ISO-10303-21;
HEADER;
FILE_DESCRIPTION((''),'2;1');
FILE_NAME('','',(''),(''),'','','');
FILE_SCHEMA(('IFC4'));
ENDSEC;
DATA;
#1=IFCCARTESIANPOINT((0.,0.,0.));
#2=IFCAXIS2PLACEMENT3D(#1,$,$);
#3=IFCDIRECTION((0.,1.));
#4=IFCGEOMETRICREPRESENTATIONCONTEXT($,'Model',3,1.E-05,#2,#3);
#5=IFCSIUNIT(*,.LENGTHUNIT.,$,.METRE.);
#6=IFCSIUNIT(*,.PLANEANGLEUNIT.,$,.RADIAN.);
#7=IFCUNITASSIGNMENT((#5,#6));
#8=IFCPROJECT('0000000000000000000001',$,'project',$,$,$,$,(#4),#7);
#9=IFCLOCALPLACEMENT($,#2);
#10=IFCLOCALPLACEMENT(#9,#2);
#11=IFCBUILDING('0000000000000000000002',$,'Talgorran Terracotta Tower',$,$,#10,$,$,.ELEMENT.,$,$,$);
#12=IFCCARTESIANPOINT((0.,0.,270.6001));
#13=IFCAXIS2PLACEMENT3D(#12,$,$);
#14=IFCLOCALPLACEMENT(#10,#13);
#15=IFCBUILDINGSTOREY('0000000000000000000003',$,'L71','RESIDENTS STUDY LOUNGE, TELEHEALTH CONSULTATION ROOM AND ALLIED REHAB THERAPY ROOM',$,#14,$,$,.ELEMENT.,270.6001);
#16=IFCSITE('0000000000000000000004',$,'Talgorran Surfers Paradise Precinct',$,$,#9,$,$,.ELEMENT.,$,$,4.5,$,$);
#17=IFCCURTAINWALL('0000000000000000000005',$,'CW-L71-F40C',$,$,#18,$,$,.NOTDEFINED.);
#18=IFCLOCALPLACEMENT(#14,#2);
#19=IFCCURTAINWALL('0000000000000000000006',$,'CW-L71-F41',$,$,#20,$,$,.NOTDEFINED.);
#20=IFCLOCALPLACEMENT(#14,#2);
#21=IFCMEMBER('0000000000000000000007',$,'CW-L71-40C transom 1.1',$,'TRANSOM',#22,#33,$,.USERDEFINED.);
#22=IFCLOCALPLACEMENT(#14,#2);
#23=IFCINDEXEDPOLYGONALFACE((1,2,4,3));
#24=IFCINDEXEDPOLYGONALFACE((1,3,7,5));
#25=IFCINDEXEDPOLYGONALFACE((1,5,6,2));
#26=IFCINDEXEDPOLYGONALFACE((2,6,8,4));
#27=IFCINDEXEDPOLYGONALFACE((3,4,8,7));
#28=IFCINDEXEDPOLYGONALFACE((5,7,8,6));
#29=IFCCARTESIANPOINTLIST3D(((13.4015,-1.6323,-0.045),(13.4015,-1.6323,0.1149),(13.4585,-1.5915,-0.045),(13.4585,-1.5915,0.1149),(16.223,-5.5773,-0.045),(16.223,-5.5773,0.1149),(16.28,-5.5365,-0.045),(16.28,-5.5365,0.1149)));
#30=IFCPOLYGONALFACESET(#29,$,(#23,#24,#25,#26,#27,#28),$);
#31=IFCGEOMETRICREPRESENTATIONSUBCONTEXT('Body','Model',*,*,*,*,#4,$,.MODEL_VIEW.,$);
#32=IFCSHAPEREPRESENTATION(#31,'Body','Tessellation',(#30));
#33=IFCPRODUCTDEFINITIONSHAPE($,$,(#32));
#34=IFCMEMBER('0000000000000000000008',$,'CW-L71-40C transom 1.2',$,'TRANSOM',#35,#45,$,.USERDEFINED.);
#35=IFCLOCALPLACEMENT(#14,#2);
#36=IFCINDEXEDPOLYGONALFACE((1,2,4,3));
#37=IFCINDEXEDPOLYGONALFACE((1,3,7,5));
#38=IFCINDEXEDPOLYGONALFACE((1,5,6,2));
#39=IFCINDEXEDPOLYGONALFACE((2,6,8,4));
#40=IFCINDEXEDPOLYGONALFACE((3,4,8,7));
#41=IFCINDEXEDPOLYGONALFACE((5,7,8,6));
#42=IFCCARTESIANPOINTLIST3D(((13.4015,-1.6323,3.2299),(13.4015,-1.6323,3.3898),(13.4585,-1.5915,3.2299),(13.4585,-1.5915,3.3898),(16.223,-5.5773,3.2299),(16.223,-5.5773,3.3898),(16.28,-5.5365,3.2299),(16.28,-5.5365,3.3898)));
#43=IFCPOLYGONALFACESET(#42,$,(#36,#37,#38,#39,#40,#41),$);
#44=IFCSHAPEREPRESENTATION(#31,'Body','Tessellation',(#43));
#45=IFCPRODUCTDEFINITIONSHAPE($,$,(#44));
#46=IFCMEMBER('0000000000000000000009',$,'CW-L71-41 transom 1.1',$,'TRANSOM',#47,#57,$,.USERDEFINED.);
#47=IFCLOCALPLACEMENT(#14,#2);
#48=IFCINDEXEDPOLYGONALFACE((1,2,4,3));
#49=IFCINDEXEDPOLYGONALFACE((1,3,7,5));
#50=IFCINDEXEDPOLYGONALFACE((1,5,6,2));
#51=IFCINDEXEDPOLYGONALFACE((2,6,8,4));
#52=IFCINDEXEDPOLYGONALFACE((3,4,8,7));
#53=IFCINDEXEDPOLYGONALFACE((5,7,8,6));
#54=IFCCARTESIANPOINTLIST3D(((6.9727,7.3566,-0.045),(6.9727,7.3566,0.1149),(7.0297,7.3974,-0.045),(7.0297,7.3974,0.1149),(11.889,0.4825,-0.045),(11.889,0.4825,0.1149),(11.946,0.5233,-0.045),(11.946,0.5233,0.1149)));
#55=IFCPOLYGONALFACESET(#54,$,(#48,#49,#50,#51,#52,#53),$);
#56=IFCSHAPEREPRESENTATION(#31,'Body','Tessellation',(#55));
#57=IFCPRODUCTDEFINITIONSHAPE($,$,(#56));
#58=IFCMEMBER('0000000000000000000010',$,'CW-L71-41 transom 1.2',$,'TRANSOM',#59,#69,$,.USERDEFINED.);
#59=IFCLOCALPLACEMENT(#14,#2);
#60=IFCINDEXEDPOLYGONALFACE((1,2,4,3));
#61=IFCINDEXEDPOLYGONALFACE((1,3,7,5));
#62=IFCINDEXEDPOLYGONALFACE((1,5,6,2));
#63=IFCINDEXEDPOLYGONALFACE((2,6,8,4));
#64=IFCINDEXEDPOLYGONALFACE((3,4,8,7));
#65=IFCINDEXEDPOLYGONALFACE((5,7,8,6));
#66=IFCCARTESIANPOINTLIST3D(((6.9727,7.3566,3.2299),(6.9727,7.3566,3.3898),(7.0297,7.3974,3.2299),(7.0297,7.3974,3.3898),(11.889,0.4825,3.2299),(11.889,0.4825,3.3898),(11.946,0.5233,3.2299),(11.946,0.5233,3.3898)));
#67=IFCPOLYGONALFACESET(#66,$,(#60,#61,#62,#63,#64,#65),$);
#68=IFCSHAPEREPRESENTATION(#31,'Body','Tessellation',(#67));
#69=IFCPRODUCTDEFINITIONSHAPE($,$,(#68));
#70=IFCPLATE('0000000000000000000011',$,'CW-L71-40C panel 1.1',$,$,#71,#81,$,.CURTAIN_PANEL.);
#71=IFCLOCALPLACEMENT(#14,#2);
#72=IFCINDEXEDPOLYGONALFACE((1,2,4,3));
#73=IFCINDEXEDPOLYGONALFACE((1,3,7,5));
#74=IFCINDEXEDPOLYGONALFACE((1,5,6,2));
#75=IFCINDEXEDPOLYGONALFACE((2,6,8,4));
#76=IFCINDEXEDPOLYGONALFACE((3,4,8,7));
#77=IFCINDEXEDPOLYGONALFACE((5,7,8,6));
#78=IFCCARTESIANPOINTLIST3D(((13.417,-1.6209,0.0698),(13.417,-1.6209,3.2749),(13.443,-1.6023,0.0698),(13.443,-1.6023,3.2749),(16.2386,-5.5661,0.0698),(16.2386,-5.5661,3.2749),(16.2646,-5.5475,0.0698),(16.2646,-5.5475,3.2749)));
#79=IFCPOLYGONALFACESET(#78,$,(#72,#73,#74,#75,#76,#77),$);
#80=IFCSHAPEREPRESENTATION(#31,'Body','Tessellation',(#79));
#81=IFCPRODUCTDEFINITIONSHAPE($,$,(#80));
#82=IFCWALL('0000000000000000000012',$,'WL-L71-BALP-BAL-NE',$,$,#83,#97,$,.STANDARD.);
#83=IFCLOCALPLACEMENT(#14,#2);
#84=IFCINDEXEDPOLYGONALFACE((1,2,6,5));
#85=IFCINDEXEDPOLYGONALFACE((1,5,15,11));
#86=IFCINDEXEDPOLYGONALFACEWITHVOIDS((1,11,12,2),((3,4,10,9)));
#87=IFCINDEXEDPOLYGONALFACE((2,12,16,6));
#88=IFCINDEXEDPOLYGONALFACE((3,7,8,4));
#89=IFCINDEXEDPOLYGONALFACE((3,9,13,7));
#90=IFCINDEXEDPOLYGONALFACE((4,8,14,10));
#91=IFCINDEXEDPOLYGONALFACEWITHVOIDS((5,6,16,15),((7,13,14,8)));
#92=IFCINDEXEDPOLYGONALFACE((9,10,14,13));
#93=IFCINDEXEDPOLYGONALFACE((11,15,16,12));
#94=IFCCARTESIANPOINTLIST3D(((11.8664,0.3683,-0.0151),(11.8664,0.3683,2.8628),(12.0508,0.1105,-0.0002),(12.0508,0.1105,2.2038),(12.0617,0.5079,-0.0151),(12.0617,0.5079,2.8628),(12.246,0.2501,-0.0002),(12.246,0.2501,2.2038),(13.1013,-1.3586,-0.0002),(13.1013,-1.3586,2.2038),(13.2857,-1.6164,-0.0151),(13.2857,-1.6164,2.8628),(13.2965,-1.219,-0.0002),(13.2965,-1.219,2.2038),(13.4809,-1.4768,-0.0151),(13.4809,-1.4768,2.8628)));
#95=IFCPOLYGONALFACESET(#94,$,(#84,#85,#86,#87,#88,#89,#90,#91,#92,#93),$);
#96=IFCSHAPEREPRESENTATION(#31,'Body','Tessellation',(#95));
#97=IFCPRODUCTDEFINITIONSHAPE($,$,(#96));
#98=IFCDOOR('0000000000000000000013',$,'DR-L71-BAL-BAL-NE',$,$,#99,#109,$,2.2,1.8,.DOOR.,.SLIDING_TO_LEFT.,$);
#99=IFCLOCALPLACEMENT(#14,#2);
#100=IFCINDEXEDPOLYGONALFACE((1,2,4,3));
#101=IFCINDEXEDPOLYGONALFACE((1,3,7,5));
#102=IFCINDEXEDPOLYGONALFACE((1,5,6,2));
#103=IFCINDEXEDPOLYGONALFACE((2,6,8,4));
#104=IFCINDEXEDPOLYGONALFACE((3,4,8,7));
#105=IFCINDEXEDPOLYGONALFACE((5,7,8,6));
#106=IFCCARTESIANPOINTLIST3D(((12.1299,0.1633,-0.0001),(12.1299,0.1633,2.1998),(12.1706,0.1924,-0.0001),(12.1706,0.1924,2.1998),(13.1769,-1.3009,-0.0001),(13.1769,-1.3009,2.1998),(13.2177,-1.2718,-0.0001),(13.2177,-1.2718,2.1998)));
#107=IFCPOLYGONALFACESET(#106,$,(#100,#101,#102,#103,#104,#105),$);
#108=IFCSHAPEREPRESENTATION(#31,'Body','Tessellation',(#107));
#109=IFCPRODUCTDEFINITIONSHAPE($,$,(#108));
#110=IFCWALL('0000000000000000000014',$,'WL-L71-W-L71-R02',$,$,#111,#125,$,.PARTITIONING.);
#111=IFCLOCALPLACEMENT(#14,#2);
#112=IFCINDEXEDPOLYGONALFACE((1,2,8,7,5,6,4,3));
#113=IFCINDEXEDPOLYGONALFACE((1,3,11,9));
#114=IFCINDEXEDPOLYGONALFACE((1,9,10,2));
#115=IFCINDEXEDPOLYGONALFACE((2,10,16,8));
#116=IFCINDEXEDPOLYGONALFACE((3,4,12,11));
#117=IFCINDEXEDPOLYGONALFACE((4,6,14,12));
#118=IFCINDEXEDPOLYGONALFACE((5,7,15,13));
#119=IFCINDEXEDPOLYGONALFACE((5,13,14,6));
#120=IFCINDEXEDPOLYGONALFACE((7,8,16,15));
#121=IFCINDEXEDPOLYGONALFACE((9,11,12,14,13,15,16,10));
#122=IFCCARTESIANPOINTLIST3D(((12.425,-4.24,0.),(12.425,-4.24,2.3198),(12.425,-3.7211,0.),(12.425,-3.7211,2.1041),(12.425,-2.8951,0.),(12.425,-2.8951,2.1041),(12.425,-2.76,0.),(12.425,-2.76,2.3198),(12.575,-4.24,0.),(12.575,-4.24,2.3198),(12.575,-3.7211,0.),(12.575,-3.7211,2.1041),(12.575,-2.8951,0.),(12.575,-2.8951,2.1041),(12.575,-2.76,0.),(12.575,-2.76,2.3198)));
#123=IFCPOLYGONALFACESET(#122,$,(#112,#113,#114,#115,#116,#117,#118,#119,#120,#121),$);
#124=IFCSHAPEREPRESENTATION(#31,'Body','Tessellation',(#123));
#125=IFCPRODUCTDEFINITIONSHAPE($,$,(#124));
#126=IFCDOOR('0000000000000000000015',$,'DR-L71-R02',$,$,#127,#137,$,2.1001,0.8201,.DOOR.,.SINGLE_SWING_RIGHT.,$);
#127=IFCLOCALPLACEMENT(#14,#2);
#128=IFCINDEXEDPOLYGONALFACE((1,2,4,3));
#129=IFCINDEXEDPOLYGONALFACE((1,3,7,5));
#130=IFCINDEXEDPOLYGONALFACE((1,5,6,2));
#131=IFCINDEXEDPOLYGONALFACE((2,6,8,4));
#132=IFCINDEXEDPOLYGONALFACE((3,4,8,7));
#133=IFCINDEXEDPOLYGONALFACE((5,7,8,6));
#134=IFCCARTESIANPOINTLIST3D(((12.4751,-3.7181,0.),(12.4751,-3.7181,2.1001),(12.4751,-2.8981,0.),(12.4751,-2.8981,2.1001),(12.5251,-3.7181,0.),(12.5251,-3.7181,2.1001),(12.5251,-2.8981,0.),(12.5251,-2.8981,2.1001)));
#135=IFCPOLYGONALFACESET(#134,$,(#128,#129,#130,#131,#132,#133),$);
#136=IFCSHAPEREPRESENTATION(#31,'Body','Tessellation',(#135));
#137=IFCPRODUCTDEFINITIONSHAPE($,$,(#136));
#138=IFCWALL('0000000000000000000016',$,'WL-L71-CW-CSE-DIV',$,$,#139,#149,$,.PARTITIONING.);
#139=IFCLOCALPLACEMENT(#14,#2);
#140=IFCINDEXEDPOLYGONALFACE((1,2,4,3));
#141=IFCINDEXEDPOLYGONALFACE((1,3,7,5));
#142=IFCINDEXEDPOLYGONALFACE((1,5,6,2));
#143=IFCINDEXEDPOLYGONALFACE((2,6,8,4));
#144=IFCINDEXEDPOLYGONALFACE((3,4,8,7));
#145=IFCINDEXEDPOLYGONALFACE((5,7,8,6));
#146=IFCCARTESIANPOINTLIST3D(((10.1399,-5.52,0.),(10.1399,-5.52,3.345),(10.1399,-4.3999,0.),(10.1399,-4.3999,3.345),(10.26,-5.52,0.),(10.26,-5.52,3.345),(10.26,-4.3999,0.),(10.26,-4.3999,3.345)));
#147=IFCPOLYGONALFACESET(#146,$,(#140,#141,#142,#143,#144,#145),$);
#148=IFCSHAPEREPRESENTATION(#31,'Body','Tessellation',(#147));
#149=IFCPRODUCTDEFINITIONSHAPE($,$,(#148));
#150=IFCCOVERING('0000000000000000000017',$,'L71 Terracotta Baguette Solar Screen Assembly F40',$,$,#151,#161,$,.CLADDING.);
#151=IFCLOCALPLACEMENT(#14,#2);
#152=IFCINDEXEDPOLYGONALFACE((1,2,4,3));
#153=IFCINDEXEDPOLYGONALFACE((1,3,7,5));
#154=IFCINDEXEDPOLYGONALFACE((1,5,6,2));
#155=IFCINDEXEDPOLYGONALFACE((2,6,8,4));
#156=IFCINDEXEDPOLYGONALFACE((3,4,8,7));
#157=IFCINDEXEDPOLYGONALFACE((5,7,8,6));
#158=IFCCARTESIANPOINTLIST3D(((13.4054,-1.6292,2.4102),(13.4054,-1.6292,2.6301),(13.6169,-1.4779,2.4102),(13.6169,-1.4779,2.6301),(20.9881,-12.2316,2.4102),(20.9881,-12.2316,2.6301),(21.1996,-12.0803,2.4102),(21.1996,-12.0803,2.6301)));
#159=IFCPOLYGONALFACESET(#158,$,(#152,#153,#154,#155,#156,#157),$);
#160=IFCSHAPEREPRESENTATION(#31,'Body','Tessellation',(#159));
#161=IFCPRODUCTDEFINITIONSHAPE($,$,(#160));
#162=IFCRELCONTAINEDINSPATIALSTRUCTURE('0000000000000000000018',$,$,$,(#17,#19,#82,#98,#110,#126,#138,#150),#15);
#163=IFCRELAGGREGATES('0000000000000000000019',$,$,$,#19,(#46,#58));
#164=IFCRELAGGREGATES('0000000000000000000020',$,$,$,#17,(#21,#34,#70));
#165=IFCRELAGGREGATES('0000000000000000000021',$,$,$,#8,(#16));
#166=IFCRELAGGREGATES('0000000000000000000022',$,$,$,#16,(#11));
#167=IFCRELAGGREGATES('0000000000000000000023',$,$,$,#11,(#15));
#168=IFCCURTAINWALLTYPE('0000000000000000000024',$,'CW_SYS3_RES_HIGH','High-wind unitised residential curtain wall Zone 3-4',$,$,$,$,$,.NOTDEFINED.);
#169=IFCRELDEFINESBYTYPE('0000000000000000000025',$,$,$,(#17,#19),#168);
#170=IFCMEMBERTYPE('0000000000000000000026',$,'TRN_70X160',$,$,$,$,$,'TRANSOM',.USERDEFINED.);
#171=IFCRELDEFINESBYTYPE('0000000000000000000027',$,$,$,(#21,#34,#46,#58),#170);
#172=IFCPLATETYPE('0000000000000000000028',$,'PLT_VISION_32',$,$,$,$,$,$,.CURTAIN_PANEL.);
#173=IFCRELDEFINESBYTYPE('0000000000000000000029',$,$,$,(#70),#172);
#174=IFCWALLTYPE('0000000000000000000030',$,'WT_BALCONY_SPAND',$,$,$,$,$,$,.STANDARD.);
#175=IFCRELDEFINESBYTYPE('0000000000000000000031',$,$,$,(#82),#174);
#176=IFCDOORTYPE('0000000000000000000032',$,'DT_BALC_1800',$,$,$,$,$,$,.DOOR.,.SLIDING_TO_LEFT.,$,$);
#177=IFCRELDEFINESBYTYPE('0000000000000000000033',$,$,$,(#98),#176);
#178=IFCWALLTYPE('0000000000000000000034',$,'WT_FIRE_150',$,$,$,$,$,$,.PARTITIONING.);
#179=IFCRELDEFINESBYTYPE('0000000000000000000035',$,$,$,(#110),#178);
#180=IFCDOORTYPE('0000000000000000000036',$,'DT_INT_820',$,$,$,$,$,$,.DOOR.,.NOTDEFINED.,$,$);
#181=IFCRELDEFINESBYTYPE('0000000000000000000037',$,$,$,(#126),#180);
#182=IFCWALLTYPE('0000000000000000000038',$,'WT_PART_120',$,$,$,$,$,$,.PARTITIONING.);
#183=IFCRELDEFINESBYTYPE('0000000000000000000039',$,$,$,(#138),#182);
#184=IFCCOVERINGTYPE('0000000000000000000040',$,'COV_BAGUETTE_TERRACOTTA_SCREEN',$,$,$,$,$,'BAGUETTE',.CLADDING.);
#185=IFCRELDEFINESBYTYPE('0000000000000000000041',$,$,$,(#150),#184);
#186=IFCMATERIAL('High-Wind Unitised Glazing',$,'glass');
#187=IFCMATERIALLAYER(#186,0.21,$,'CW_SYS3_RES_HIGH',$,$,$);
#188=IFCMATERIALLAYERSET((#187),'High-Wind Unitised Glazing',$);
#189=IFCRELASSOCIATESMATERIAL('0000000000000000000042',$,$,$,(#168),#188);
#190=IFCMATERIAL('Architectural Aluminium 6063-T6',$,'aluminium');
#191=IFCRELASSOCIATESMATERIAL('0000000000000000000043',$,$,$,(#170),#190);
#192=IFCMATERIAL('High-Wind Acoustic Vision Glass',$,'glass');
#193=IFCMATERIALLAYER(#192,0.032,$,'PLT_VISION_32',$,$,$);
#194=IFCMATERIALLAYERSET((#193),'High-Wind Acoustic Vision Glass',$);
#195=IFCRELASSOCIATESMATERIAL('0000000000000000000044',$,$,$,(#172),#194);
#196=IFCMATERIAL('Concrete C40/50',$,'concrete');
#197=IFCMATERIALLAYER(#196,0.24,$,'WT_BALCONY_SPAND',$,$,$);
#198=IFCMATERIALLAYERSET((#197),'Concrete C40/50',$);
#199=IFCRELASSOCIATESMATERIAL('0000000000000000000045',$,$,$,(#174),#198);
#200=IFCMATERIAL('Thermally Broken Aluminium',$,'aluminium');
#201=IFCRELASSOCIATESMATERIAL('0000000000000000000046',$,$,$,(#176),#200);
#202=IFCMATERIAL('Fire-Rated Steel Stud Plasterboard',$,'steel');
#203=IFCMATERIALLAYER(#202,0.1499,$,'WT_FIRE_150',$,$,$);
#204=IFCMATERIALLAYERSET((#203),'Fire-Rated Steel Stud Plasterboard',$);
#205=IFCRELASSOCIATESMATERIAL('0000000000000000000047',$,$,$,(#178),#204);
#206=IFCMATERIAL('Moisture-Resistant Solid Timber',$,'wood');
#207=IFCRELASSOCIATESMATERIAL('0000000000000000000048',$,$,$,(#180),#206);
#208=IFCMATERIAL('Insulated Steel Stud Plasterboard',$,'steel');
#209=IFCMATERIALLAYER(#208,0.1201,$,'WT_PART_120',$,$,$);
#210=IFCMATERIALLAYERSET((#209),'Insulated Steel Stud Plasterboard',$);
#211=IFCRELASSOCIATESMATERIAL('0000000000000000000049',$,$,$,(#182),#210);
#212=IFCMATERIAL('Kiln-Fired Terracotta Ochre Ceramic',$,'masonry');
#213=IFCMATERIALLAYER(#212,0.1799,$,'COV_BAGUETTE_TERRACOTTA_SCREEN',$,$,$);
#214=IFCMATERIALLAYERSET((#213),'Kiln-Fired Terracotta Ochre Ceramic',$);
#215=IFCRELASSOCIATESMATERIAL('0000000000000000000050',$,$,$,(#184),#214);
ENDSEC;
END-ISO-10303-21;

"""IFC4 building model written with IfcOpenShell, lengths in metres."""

from ifc_helpers import new_model, si_unit, direction, frame, frame_2d, origin, origin_2d, place, context, subcontext, project, spatial, rectangle, extrude, source, transform, mapped, material, layer, layer_set, material_profile, profile_set, type_object, type_shapes, element, fill, aggregate, save


model = new_model("IFC4")

# Units and contexts
model_context = context("Model", 3, precision=1e-05, world=origin(), true_north=direction((0.0, 1.0)))
body_context = subcontext(model_context, "Body", "Model", "MODEL_VIEW")
ifc_project = project(units=[si_unit("LENGTHUNIT", "METRE"), si_unit("PLANEANGLEUNIT", "RADIAN")], contexts=[model_context])

# Site, building, storey
site_placement = place(None, origin())
site = spatial("IfcSite", under=ifc_project, at=site_placement, Name="Talgorran Surfers Paradise Precinct", CompositionType="ELEMENT", RefElevation=4.5)
building_placement = place(site_placement, origin())
building = spatial("IfcBuilding", under=site, at=building_placement, Name="Talgorran Terracotta Tower", CompositionType="ELEMENT")
storey_placement = place(building_placement, frame((0.0, 0.0, 270.6001)))
storey = spatial("IfcBuildingStorey", under=building, at=storey_placement, Name="L71", Description="RESIDENTS STUDY LOUNGE, TELEHEALTH CONSULTATION ROOM AND ALLIED REHAB THERAPY ROOM", CompositionType="ELEMENT", Elevation=270.6001)

# Shared definitions
ifc_material_1 = material(Name="High-Wind Unitised Glazing", Category="glass")
ifc_layer_1 = layer(ifc_material_1, 0.21, Name="CW_SYS3_RES_HIGH")
ifc_layer_set_1 = layer_set([ifc_layer_1], Name="High-Wind Unitised Glazing")
curtain_wall_type = type_object("IfcCurtainWallType", Name="CW_SYS3_RES_HIGH", Description="High-wind unitised residential curtain wall Zone 3-4", PredefinedType="NOTDEFINED", material=ifc_layer_set_1)
ifc_material_2 = material(Name="Architectural Aluminium 6063-T6", Category="aluminium")

# Curtain wall
curtain_wall_1_placement = place(storey_placement, origin())
curtain_wall_1 = element("IfcCurtainWall", 1, at=curtain_wall_1_placement, inside=storey, type_object=curtain_wall_type, Name="CW-L71-F40C", PredefinedType="NOTDEFINED")

# Curtain wall
curtain_wall_2_placement = place(storey_placement, origin())
curtain_wall_2 = element("IfcCurtainWall", 2, at=curtain_wall_2_placement, inside=storey, type_object=curtain_wall_type, Name="CW-L71-F41", PredefinedType="NOTDEFINED")

# Members
ifc_material_profile_1 = material_profile(ifc_material_2, rectangle(XDim=0.0701, YDim=0.1599, at=origin_2d()), Name="CWT70X160")
ifc_profile_set_1 = profile_set([ifc_material_profile_1], Name="Architectural Aluminium 6063-T6")
member_type_1 = type_object("IfcMemberType", Name="TRN_70X160", ElementType="TRANSOM", PredefinedType="USERDEFINED", material=ifc_profile_set_1)
member_1_placement = place(storey_placement, frame((16.2515, -5.5569, 0.0349), z_axis=(-0.581733, 0.81338, 0.0), x_axis=(-0.81338, -0.581733, 0.0)))
member_1 = element("IfcMember", 3, at=member_1_placement, type_object=member_type_1, Name="CW-L71-40C transom 1.1", ObjectType="TRANSOM", PredefinedType="USERDEFINED", context=body_context, shape_type="SweptSolid", body=[
    extrude(rectangle(XDim=0.0701, YDim=0.1599, at=origin_2d()), origin(), (0.0, 0.0, 1.0), 4.8501),
])
member_2_placement = place(storey_placement, frame((16.2515, -5.5569, 3.3098), z_axis=(-0.581733, 0.81338, 0.0), x_axis=(-0.81338, -0.581733, 0.0)))
member_2 = element("IfcMember", 4, at=member_2_placement, type_object=member_type_1, Name="CW-L71-40C transom 1.2", ObjectType="TRANSOM", PredefinedType="USERDEFINED", context=body_context, shape_type="SweptSolid", body=[
    extrude(rectangle(XDim=0.0701, YDim=0.1599, at=origin_2d()), origin(), (0.0, 0.0, 1.0), 4.8501),
])
member_3_placement = place(storey_placement, frame((11.9175, 0.5029, 0.0349), z_axis=(-0.581727, 0.813384, 0.0), x_axis=(-0.813384, -0.581727, 0.0)))
member_3 = element("IfcMember", 5, at=member_3_placement, type_object=member_type_1, Name="CW-L71-41 transom 1.1", ObjectType="TRANSOM", PredefinedType="USERDEFINED", context=body_context, shape_type="SweptSolid", body=[
    extrude(rectangle(XDim=0.0701, YDim=0.1599, at=origin_2d()), origin(), (0.0, 0.0, 1.0), 8.4512),
])
member_4_placement = place(storey_placement, frame((11.9175, 0.5029, 3.3098), z_axis=(-0.581727, 0.813384, 0.0), x_axis=(-0.813384, -0.581727, 0.0)))
member_4 = element("IfcMember", 6, at=member_4_placement, type_object=member_type_1, Name="CW-L71-41 transom 1.2", ObjectType="TRANSOM", PredefinedType="USERDEFINED", context=body_context, shape_type="SweptSolid", body=[
    extrude(rectangle(XDim=0.0701, YDim=0.1599, at=origin_2d()), origin(), (0.0, 0.0, 1.0), 8.4512),
])
aggregate(curtain_wall_2, [member_3, member_4])

# Plate
ifc_material_3 = material(Name="High-Wind Acoustic Vision Glass", Category="glass")
ifc_layer_2 = layer(ifc_material_3, 0.032, Name="PLT_VISION_32")
ifc_layer_set_2 = layer_set([ifc_layer_2], Name="High-Wind Acoustic Vision Glass")
plate_type = type_object("IfcPlateType", Name="PLT_VISION_32", PredefinedType="CURTAIN_PANEL", material=ifc_layer_set_2)
shared_shape = source(origin(), body_context, "Body", "SweptSolid", [
    extrude(rectangle(XDim=4.8503, YDim=0.032, at=origin_2d()), origin(), (0.0, 0.0, 1.0), 3.2051),
])
type_shapes(plate_type, [shared_shape])
plate_placement = place(storey_placement, frame((14.8408, -3.5842, 0.0698), z_axis=(0.0, 0.0, 1.0), x_axis=(-0.581735, 0.813379, 0.0)))
plate = element("IfcPlate", 7, at=plate_placement, type_object=plate_type, Name="CW-L71-40C panel 1.1", PredefinedType="CURTAIN_PANEL", context=body_context, shape_type="MappedRepresentation", body=[
    mapped(shared_shape, transform((0.0, 0.0, 0.0), scale=1.0)),
])
aggregate(curtain_wall_1, [member_1, member_2, plate])

# Walls, openings, doors
ifc_material_4 = material(Name="Concrete C40/50", Category="concrete")
ifc_layer_3 = layer(ifc_material_4, 0.24, Name="WT_BALCONY_SPAND")
ifc_layer_set_3 = layer_set([ifc_layer_3], Name="Concrete C40/50")
wall_type_1 = type_object("IfcWallType", Name="WT_BALCONY_SPAND", PredefinedType="STANDARD", material=ifc_layer_set_3)
wall_1_placement = place(storey_placement, frame((13.3833, -1.5466, -0.0151), z_axis=(0.0, 0.0, 1.0), x_axis=(-0.581674, 0.813422, 0.0)))
wall_1 = element("IfcWall", 8, at=wall_1_placement, inside=storey, type_object=wall_type_1, Name="WL-L71-BALP-BAL-NE", PredefinedType="STANDARD", context=body_context, shape_type="SweptSolid", body=[
    extrude(rectangle(XDim=2.4399, YDim=0.24, at=frame_2d((1.22, 0.0))), origin(), (0.0, 0.0, 1.0), 2.8779),
])
opening_1_placement = place(wall_1_placement, frame((0.3201, 0.0, 0.0149)))
opening_1 = element("IfcOpeningElement", 9, at=opening_1_placement, cuts=wall_1, PredefinedType="OPENING", context=body_context, shape_type="SweptSolid", body=[
    extrude(rectangle(XDim=1.806, YDim=2.204, at=frame_2d((0.8999, 1.1021))), frame((0.0, 0.1299, 0.0), z_axis=(0.0, -1.0, 0.0), x_axis=(1.0, 0.0, 0.0)), (0.0, 0.0, 1.0), 0.26),
])
ifc_material_5 = material(Name="Thermally Broken Aluminium", Category="aluminium")
door_type_1 = type_object("IfcDoorType", Name="DT_BALC_1800", OperationType="SLIDING_TO_LEFT", PredefinedType="DOOR", material=ifc_material_5)
door_1_placement = place(opening_1_placement, origin())
door_1 = element("IfcDoor", 10, at=door_1_placement, inside=storey, type_object=door_type_1, Name="DR-L71-BAL-BAL-NE", OperationType="SLIDING_TO_LEFT", OverallHeight=2.2, OverallWidth=1.8, PredefinedType="DOOR", context=body_context, shape_type="SweptSolid", body=[
    extrude(rectangle(XDim=1.8, YDim=2.2, at=frame_2d((0.8999, 1.1001))), frame((0.0, 0.0249, 0.0), z_axis=(0.0, -1.0, 0.0), x_axis=(1.0, 0.0, 0.0)), (0.0, 0.0, 1.0), 0.05),
])
fill(opening_1, door_1)
ifc_material_6 = material(Name="Fire-Rated Steel Stud Plasterboard", Category="steel")
ifc_layer_4 = layer(ifc_material_6, 0.1499, Name="WT_FIRE_150")
ifc_layer_set_4 = layer_set([ifc_layer_4], Name="Fire-Rated Steel Stud Plasterboard")
wall_type_2 = type_object("IfcWallType", Name="WT_FIRE_150", PredefinedType="PARTITIONING", material=ifc_layer_set_4)
wall_2_placement = place(storey_placement, frame((12.5, -4.24, 0.0), z_axis=(0.0, 0.0, 1.0), x_axis=(0.0, 1.0, 0.0)))
wall_2 = element("IfcWall", 11, at=wall_2_placement, inside=storey, type_object=wall_type_2, Name="WL-L71-W-L71-R02", PredefinedType="PARTITIONING", context=body_context, shape_type="SweptSolid", body=[
    extrude(rectangle(XDim=1.48, YDim=0.1499, at=frame_2d((0.74, 0.0))), origin(), (0.0, 0.0, 1.0), 2.3198),
])
opening_2_placement = place(wall_2_placement, frame((0.5217, 0.0, 0.0)))
opening_2 = element("IfcOpeningElement", 12, at=opening_2_placement, cuts=wall_2, PredefinedType="OPENING", context=body_context, shape_type="SweptSolid", body=[
    extrude(rectangle(XDim=0.8261, YDim=2.1041, at=frame_2d((0.4102, 1.052))), frame((0.0, 0.085, 0.0), z_axis=(0.0, -1.0, 0.0), x_axis=(1.0, 0.0, 0.0)), (0.0, 0.0, 1.0), 0.1699),
])
ifc_material_7 = material(Name="Moisture-Resistant Solid Timber", Category="wood")
door_type_2 = type_object("IfcDoorType", Name="DT_INT_820", OperationType="NOTDEFINED", PredefinedType="DOOR", material=ifc_material_7)
door_2_placement = place(opening_2_placement, origin())
door_2 = element("IfcDoor", 13, at=door_2_placement, inside=storey, type_object=door_type_2, Name="DR-L71-R02", OperationType="SINGLE_SWING_RIGHT", OverallHeight=2.1001, OverallWidth=0.8201, PredefinedType="DOOR", context=body_context, shape_type="SweptSolid", body=[
    extrude(rectangle(XDim=0.8201, YDim=2.1001, at=frame_2d((0.4102, 1.05))), frame((0.0, 0.0249, 0.0), z_axis=(0.0, -1.0, 0.0), x_axis=(1.0, 0.0, 0.0)), (0.0, 0.0, 1.0), 0.05),
])
fill(opening_2, door_2)

# Wall
ifc_material_8 = material(Name="Insulated Steel Stud Plasterboard", Category="steel")
ifc_layer_5 = layer(ifc_material_8, 0.1201, Name="WT_PART_120")
ifc_layer_set_5 = layer_set([ifc_layer_5], Name="Insulated Steel Stud Plasterboard")
wall_type_3 = type_object("IfcWallType", Name="WT_PART_120", PredefinedType="PARTITIONING", material=ifc_layer_set_5)
wall_3_placement = place(storey_placement, frame((10.2, -5.52, 0.0), z_axis=(0.0, 0.0, 1.0), x_axis=(0.0, 1.0, 0.0)))
element("IfcWall", 14, at=wall_3_placement, inside=storey, type_object=wall_type_3, Name="WL-L71-CW-CSE-DIV", PredefinedType="PARTITIONING", context=body_context, shape_type="SweptSolid", body=[
    extrude(rectangle(XDim=1.1201, YDim=0.1201, at=frame_2d((0.5601, 0.0))), origin(), (0.0, 0.0, 1.0), 3.345),
])

# Covering
ifc_material_9 = material(Name="Kiln-Fired Terracotta Ochre Ceramic", Category="masonry")
ifc_layer_6 = layer(ifc_material_9, 0.1799, Name="COV_BAGUETTE_TERRACOTTA_SCREEN")
ifc_layer_set_6 = layer_set([ifc_layer_6], Name="Kiln-Fired Terracotta Ochre Ceramic")
covering_type_1 = type_object("IfcCoveringType", Name="COV_BAGUETTE_TERRACOTTA_SCREEN", ElementType="BAGUETTE", PredefinedType="CLADDING", material=ifc_layer_set_6)
covering_1_placement = place(storey_placement, frame((17.3025, -6.8547, 2.4102), z_axis=(0.0, 0.0, 1.0), x_axis=(-0.581726, 0.813385, 0.0)))
element("IfcCovering", 15, at=covering_1_placement, inside=storey, type_object=covering_type_1, Name="L71 Terracotta Baguette Solar Screen Assembly F40", PredefinedType="CLADDING", context=body_context, shape_type="SweptSolid", body=[
    extrude(rectangle(XDim=13.0349, YDim=0.26, at=origin_2d()), origin(), (0.0, 0.0, 1.0), 0.22),
])

save(model, "model.ifc")
